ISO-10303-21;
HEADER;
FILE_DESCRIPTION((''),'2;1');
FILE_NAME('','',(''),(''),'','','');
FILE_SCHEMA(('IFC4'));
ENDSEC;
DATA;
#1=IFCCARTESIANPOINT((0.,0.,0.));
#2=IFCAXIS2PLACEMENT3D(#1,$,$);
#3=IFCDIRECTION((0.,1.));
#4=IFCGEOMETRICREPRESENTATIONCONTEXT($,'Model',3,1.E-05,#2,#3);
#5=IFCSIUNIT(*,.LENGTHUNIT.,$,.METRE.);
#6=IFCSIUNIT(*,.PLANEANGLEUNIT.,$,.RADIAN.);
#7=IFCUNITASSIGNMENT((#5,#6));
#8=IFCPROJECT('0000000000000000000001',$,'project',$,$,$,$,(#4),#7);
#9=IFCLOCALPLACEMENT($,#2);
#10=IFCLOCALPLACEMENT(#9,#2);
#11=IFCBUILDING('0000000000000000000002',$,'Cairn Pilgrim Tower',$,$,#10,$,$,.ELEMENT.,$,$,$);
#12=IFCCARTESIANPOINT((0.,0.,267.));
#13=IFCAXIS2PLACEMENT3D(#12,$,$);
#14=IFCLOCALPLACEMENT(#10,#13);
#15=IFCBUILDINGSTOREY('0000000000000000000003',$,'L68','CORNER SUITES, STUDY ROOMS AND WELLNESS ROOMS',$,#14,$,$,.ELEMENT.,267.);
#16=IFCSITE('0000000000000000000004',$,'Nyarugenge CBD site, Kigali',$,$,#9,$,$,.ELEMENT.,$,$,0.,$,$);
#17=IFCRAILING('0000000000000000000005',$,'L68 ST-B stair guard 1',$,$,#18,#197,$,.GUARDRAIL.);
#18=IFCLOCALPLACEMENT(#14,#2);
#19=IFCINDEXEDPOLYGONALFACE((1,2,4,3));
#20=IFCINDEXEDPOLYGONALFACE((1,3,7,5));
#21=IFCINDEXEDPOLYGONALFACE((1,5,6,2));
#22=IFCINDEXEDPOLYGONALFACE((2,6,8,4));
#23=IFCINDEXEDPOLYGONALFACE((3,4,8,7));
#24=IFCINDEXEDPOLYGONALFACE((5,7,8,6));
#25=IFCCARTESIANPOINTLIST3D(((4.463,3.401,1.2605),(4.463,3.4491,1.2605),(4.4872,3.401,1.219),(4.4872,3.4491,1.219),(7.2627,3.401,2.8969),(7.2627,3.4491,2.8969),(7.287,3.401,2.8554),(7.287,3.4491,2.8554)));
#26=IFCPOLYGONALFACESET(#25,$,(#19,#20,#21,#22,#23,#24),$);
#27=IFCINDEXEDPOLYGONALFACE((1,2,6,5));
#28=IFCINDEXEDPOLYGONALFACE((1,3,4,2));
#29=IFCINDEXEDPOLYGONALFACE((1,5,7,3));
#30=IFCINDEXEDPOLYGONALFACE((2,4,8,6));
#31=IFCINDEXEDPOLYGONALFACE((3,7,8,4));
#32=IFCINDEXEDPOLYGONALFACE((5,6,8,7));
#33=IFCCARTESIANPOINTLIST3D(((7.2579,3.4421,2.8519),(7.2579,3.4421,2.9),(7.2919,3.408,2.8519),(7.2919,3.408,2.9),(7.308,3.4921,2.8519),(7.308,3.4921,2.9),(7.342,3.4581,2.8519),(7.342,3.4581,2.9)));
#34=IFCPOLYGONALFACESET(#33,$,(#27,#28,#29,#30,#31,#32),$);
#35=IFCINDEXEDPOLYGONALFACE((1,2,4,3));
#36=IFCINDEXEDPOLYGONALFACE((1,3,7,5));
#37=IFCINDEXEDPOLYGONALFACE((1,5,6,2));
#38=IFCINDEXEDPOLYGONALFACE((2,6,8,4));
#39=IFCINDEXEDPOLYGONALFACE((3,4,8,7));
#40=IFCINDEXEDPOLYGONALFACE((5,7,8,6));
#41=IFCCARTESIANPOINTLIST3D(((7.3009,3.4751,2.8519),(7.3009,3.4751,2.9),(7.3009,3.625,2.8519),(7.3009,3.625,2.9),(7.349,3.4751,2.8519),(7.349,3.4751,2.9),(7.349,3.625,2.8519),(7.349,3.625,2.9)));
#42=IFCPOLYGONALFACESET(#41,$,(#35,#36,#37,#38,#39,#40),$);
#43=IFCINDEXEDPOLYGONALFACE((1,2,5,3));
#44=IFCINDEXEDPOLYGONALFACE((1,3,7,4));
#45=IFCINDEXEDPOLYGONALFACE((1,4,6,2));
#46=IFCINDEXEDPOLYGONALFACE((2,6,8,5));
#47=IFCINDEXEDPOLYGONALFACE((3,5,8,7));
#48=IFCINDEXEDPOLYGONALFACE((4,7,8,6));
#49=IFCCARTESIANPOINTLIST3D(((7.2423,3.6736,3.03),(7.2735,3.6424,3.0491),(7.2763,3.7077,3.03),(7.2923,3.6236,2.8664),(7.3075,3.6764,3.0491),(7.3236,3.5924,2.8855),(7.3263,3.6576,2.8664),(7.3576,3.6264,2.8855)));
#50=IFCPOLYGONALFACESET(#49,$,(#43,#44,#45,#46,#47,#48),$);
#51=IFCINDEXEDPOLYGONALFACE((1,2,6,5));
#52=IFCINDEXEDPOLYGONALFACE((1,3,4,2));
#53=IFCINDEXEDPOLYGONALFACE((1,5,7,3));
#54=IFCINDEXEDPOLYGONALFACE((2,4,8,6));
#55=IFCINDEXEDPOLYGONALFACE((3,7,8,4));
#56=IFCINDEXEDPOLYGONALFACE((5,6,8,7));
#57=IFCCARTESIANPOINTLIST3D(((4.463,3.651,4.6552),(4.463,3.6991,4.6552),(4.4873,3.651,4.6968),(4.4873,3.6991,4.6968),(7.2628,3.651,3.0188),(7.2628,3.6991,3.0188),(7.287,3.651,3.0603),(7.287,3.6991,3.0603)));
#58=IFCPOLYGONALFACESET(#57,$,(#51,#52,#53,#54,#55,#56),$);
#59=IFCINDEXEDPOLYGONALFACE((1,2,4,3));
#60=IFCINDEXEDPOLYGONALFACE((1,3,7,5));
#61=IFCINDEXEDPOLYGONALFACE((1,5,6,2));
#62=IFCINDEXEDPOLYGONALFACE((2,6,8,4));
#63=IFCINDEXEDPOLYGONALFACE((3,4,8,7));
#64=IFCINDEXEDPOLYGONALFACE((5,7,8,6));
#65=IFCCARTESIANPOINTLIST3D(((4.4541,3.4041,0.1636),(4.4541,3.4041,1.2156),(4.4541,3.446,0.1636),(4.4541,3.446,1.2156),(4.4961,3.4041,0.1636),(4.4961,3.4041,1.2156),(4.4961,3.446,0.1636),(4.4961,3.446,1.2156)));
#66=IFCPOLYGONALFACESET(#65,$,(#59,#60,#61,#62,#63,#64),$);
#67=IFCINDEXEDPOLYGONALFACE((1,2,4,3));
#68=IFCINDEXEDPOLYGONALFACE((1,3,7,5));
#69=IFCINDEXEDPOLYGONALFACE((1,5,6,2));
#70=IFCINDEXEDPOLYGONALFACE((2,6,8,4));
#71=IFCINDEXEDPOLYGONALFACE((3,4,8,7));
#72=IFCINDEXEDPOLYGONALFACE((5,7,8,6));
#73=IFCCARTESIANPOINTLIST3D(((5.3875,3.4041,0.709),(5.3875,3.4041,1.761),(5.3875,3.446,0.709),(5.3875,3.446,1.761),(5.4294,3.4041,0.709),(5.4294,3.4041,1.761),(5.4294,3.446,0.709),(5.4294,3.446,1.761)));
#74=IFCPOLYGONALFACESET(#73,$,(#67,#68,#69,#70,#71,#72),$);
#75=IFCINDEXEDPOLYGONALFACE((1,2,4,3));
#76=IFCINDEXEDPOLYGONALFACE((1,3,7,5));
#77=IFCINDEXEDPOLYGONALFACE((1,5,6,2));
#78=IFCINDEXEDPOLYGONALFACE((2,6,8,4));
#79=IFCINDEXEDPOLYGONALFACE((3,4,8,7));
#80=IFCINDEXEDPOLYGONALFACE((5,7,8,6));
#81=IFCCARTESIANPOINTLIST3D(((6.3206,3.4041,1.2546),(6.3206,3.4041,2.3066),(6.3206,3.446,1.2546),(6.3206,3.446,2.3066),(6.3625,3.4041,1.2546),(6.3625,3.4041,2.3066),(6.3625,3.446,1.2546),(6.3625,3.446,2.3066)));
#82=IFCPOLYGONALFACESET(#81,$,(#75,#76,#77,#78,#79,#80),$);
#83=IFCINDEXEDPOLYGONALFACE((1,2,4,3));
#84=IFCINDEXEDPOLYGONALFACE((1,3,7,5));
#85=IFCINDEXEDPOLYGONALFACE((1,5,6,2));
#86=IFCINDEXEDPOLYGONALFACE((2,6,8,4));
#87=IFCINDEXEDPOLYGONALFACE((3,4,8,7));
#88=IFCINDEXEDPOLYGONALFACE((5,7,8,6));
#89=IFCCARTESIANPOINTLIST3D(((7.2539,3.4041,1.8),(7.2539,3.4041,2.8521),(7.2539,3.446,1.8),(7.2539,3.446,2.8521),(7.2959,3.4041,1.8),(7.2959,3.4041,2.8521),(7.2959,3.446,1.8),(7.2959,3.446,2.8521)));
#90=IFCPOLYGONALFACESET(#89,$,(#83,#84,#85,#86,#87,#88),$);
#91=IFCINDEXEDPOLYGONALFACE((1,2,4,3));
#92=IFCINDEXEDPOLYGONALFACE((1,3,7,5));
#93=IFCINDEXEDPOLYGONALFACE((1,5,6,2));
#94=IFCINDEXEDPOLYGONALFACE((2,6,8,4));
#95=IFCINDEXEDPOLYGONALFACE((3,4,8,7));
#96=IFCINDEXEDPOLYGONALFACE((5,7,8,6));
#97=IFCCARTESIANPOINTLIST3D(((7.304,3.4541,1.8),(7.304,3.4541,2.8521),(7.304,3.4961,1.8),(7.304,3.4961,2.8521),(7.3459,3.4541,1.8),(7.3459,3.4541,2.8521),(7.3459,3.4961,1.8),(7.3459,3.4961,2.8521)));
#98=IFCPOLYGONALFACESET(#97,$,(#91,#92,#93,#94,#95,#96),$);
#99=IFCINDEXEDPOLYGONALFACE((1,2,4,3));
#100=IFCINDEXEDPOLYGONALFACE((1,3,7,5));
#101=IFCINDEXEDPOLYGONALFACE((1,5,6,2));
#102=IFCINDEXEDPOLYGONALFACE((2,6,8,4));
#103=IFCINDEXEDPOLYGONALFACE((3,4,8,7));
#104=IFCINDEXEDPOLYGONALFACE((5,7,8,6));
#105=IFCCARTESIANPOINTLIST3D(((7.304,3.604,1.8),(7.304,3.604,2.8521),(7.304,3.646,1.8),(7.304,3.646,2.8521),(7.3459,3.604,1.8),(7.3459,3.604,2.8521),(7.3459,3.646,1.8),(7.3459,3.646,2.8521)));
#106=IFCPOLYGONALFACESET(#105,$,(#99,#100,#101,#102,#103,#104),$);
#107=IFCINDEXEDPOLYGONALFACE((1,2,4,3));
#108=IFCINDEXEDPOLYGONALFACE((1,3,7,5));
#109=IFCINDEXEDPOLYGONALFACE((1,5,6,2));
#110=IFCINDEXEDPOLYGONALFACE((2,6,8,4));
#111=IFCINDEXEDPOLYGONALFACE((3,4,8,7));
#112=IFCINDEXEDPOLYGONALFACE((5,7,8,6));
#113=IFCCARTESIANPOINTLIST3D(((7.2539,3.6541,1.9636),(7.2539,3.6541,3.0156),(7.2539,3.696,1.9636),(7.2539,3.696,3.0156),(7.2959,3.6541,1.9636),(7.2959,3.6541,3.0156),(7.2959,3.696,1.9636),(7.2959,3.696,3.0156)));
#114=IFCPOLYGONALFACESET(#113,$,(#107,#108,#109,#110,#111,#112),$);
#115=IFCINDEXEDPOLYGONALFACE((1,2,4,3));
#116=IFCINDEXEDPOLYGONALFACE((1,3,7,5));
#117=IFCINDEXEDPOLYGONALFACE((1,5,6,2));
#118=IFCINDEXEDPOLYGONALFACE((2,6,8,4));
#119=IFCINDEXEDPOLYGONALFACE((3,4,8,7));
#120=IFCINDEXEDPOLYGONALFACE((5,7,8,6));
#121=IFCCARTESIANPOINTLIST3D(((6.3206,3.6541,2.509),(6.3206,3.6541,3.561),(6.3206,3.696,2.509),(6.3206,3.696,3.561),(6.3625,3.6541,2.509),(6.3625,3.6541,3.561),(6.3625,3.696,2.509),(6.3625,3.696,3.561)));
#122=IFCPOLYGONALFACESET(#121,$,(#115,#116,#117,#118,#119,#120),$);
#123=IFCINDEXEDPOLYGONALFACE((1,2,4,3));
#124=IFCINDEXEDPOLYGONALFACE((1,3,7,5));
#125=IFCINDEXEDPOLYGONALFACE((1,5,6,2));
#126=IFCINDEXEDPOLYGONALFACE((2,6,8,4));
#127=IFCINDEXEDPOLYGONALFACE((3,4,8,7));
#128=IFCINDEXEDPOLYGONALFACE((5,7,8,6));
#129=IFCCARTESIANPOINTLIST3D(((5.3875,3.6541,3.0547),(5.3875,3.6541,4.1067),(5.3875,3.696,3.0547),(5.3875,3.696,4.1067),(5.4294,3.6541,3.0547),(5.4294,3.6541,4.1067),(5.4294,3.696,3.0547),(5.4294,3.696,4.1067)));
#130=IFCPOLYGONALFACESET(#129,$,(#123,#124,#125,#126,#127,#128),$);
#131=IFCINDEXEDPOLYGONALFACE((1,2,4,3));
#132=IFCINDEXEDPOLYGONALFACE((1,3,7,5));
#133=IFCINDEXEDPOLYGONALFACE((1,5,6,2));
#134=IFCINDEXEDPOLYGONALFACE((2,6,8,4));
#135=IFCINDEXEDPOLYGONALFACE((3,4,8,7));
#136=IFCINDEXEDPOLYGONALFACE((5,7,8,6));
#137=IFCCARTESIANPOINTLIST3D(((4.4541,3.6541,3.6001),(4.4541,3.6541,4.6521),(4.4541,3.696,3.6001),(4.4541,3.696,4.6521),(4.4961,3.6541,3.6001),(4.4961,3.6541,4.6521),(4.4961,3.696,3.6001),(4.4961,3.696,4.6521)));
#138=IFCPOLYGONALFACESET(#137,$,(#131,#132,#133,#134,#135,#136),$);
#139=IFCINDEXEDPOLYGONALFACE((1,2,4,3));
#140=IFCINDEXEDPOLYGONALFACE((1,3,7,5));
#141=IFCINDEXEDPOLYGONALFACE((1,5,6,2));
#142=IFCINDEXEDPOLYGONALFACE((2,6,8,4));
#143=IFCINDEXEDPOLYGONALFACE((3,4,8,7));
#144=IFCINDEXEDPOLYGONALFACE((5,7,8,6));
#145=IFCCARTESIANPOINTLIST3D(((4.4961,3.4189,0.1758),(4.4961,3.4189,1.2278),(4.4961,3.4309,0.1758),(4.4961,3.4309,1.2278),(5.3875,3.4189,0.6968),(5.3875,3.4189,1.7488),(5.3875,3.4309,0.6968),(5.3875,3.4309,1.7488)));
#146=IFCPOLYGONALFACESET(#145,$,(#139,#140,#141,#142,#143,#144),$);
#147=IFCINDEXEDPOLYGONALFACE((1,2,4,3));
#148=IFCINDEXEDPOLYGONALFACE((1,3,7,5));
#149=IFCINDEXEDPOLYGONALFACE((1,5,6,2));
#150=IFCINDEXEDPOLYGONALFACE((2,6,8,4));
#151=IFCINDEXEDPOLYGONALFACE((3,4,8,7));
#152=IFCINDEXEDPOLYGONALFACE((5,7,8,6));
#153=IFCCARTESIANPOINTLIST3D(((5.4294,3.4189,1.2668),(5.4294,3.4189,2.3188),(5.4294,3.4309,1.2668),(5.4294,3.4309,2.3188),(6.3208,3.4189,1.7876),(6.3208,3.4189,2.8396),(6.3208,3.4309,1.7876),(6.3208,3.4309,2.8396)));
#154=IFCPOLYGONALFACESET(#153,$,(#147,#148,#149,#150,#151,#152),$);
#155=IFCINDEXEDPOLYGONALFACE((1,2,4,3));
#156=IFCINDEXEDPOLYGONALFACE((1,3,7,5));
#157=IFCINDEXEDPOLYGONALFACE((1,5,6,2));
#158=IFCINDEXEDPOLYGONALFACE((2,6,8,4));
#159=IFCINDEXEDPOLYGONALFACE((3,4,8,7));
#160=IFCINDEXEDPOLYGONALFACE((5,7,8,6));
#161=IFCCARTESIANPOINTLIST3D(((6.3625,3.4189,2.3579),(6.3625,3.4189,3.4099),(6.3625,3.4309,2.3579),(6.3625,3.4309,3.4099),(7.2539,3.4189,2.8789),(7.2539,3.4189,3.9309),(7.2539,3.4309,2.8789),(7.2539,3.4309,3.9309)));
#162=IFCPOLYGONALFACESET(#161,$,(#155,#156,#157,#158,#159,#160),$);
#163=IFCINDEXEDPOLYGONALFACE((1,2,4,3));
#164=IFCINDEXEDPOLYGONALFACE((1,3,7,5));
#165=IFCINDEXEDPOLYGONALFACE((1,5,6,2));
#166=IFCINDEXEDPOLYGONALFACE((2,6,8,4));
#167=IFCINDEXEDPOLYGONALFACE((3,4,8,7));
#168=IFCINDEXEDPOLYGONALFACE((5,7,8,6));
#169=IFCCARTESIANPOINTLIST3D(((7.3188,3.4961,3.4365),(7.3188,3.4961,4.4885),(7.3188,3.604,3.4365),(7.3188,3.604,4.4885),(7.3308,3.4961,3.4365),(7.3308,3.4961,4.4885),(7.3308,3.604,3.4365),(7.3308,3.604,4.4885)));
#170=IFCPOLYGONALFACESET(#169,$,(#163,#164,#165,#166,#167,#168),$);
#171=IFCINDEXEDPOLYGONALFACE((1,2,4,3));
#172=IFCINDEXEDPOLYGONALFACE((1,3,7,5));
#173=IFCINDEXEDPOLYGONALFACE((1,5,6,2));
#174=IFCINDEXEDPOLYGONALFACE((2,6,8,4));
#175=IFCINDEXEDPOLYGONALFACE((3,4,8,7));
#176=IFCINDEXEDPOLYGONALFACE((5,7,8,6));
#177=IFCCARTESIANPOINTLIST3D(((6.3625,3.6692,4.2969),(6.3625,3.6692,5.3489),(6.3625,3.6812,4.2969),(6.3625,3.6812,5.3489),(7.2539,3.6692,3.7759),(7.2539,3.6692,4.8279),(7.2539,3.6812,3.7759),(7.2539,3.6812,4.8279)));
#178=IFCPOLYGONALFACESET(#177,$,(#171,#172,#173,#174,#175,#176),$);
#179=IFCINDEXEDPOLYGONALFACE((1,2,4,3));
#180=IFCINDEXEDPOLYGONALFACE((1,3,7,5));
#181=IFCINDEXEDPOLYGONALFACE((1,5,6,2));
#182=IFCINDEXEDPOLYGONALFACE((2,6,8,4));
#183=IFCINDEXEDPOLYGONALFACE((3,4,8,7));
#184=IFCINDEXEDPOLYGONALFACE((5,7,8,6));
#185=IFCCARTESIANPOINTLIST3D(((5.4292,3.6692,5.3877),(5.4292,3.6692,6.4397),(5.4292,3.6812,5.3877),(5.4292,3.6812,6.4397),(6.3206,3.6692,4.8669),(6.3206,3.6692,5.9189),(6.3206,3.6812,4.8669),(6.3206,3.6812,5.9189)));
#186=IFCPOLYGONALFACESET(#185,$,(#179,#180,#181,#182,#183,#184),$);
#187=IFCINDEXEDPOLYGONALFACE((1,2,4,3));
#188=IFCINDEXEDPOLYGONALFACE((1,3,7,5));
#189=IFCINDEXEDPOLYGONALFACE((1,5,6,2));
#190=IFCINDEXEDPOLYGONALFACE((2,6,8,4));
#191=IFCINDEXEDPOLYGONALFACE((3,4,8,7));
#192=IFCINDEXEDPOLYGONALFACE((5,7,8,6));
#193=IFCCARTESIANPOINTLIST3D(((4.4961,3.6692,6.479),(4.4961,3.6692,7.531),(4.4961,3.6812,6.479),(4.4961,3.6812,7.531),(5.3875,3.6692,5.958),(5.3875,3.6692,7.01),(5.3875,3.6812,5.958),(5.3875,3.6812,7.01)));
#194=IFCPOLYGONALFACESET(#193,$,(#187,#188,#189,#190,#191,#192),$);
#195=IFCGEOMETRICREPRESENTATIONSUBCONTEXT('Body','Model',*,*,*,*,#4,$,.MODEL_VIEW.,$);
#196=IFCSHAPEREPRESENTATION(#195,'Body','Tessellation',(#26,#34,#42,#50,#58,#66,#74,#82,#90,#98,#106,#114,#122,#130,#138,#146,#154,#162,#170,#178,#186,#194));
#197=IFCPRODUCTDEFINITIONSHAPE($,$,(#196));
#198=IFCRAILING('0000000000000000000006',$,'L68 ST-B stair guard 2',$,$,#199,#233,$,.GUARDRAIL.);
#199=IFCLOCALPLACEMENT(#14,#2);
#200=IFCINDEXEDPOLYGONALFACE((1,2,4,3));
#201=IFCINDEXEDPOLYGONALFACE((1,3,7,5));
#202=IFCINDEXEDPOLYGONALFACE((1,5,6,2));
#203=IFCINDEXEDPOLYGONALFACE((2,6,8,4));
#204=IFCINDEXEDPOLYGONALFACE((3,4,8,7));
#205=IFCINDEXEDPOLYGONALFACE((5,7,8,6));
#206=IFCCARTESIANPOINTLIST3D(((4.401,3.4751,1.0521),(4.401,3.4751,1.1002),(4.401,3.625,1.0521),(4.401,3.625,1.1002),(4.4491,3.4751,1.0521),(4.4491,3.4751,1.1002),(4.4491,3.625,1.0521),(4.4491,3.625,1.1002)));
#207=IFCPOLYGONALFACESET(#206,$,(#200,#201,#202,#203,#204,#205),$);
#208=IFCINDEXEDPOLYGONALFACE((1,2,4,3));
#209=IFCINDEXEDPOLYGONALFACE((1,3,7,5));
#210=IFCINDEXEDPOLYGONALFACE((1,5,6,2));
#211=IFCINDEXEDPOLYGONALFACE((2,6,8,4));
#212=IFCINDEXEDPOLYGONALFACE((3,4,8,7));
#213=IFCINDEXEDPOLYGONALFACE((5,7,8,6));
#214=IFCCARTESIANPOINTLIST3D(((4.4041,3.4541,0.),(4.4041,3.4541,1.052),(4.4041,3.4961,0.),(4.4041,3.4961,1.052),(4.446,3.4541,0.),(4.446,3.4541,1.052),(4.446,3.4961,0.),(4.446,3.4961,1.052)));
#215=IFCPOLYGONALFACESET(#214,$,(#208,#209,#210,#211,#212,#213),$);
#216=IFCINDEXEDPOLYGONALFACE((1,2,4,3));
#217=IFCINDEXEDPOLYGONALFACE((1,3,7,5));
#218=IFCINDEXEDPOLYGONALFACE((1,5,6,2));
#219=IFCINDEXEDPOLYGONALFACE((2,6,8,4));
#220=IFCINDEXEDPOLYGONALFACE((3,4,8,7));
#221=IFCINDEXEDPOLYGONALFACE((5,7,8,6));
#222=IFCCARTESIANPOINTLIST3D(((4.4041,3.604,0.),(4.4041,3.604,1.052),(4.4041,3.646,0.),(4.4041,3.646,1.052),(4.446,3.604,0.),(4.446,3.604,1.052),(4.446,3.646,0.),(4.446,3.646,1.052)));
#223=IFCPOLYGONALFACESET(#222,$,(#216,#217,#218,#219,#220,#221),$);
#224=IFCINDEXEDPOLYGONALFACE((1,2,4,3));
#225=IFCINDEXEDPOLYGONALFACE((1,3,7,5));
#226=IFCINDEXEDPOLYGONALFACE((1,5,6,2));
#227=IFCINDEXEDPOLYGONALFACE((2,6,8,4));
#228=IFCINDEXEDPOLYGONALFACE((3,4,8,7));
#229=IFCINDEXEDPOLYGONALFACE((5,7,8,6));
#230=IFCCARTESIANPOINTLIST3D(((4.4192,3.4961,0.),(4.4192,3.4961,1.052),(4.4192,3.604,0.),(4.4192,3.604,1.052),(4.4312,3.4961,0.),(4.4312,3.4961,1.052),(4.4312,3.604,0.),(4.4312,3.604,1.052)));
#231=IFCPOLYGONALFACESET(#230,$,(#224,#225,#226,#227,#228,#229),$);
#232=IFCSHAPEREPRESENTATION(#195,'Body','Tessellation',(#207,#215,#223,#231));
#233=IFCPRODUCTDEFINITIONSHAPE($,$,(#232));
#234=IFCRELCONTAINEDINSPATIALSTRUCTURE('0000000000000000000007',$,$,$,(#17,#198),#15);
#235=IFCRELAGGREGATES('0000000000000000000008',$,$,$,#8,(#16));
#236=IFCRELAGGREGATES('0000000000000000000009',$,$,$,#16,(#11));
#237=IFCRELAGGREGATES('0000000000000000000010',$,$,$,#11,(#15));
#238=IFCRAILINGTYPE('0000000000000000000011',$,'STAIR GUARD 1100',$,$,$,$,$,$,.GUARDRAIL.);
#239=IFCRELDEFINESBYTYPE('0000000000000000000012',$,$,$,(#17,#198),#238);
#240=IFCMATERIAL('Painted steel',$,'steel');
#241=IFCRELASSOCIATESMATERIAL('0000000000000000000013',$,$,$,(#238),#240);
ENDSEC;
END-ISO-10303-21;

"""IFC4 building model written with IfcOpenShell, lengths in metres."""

from ifc_helpers import new_model, si_unit, direction, frame, origin, origin_2d, place, context, subcontext, project, spatial, polyline, rectangle, outline, extrude, material, type_object, element, save


model = new_model("IFC4")

# Units and contexts
model_context = context("Model", 3, precision=1e-05, world=origin(), true_north=direction((0.0, 1.0)))
body_context = subcontext(model_context, "Body", "Model", "MODEL_VIEW")
ifc_project = project(units=[si_unit("LENGTHUNIT", "METRE"), si_unit("PLANEANGLEUNIT", "RADIAN")], contexts=[model_context])

# Site, building, storey
site_placement = place(None, origin())
site = spatial("IfcSite", under=ifc_project, at=site_placement, Name="Nyarugenge CBD site, Kigali", CompositionType="ELEMENT", RefElevation=0.0)
building_placement = place(site_placement, origin())
building = spatial("IfcBuilding", under=site, at=building_placement, Name="Cairn Pilgrim Tower", CompositionType="ELEMENT")
storey_placement = place(building_placement, frame((0.0, 0.0, 267.0)))
storey = spatial("IfcBuildingStorey", under=building, at=storey_placement, Name="L68", Description="CORNER SUITES, STUDY ROOMS AND WELLNESS ROOMS", CompositionType="ELEMENT", Elevation=267.0)

# Shared definitions
ifc_material_1 = material(Name="Painted steel", Category="steel")

# Railings
railing_type_1 = type_object("IfcRailingType", Name="STAIR GUARD 1100", PredefinedType="GUARDRAIL", material=ifc_material_1)
railing_1_placement = place(storey_placement, frame((4.4751, 3.425, 0.1636)))
element("IfcRailing", 1, at=railing_1_placement, inside=storey, type_object=railing_type_1, Name="L68 ST-B stair guard 1", PredefinedType="GUARDRAIL", context=body_context, shape_type="SweptSolid", body=[
    extrude(rectangle(XDim=0.0481, YDim=0.0481, at=origin_2d()), frame((0.0, 0.0, 1.0762), z_axis=(0.863342, 0.0, 0.50462), x_axis=(0.0, 1.0, 0.0)), (0.0, 0.0, 1.0), 3.2429),
    extrude(rectangle(XDim=0.0481, YDim=0.0481, at=origin_2d()), frame((2.7998, 0.0, 2.7124), z_axis=(0.707107, 0.707107, 0.0), x_axis=(-0.707107, 0.707107, 0.0)), (0.0, 0.0, 1.0), 0.0708),
    extrude(rectangle(XDim=0.0481, YDim=0.0481, at=origin_2d()), frame((2.8499, 0.05, 2.7124), z_axis=(0.0, 1.0, 0.0), x_axis=(-1.0, 0.0, 0.0)), (0.0, 0.0, 1.0), 0.1499),
    extrude(rectangle(XDim=0.0481, YDim=0.0481, at=origin_2d()), frame((2.8499, 0.2, 2.7124), z_axis=(-0.280809, 0.280809, 0.917765), x_axis=(-0.707107, -0.707107, 0.0)), (0.0, 0.0, 1.0), 0.1782),
    extrude(rectangle(XDim=0.0481, YDim=0.0481, at=origin_2d()), frame((2.7998, 0.25, 2.876), z_axis=(-0.863342, 0.0, 0.50462), x_axis=(0.0, -1.0, 0.0)), (0.0, 0.0, 1.0), 3.2429),
    extrude(rectangle(XDim=0.042, YDim=0.042, at=origin_2d()), origin(), (0.0, 0.0, 1.0), 1.052),
    extrude(rectangle(XDim=0.042, YDim=0.042, at=origin_2d()), frame((0.9333, 0.0, 0.5454)), (0.0, 0.0, 1.0), 1.052),
    extrude(rectangle(XDim=0.042, YDim=0.042, at=origin_2d()), frame((1.8665, 0.0, 1.0911)), (0.0, 0.0, 1.0), 1.052),
    extrude(rectangle(XDim=0.042, YDim=0.042, at=origin_2d()), frame((2.7998, 0.0, 1.6365)), (0.0, 0.0, 1.0), 1.052),
    extrude(rectangle(XDim=0.042, YDim=0.042, at=origin_2d()), frame((2.8499, 0.05, 1.6365)), (0.0, 0.0, 1.0), 1.052),
    extrude(rectangle(XDim=0.042, YDim=0.042, at=origin_2d()), frame((2.8499, 0.2, 1.6365)), (0.0, 0.0, 1.0), 1.052),
    extrude(rectangle(XDim=0.042, YDim=0.042, at=origin_2d()), frame((2.7998, 0.25, 1.8)), (0.0, 0.0, 1.0), 1.052),
    extrude(rectangle(XDim=0.042, YDim=0.042, at=origin_2d()), frame((1.8665, 0.25, 2.3455)), (0.0, 0.0, 1.0), 1.052),
    extrude(rectangle(XDim=0.042, YDim=0.042, at=origin_2d()), frame((0.9333, 0.25, 2.8911)), (0.0, 0.0, 1.0), 1.052),
    extrude(rectangle(XDim=0.042, YDim=0.042, at=origin_2d()), frame((0.0, 0.25, 3.4365)), (0.0, 0.0, 1.0), 1.052),
    extrude(outline(polyline([(0.021, 0.0122), (0.9124, 0.5332), (0.9124, 1.5852), (0.021, 1.0642), (0.021, 0.0122)])), frame((0.0, 0.0059, 0.0), z_axis=(0.0, -1.0, 0.0), x_axis=(1.0, 0.0, 0.0)), (0.0, 0.0, 1.0), 0.012),
    extrude(outline(polyline([(0.021, 0.5579), (0.9124, 1.0786), (0.9124, 2.1306), (0.021, 1.6099), (0.021, 0.5579)])), frame((0.9333, 0.0059, 0.5454), z_axis=(0.0, -1.0, 0.0), x_axis=(1.0, 0.0, 0.0)), (0.0, 0.0, 1.0), 0.012),
    extrude(outline(polyline([(0.021, 1.1033), (0.9124, 1.6243), (0.9124, 2.6763), (0.021, 2.1553), (0.021, 1.1033)])), frame((1.8665, 0.0059, 1.0911), z_axis=(0.0, -1.0, 0.0), x_axis=(1.0, 0.0, 0.0)), (0.0, 0.0, 1.0), 0.012),
    extrude(outline(polyline([(0.021, 1.6365), (0.1289, 1.6365), (0.1289, 2.6885), (0.021, 2.6885), (0.021, 1.6365)])), frame((2.8438, 0.05, 1.6365), z_axis=(1.0, 0.0, 0.0), x_axis=(0.0, 1.0, 0.0)), (0.0, 0.0, 1.0), 0.012),
    extrude(outline(polyline([(0.021, 1.8123), (0.9124, 2.3333), (0.9124, 3.3853), (0.021, 2.8643), (0.021, 1.8123)])), frame((2.7998, 0.2441, 1.8), z_axis=(0.0, 1.0, 0.0), x_axis=(-1.0, 0.0, 0.0)), (0.0, 0.0, 1.0), 0.012),
    extrude(outline(polyline([(0.021, 2.3579), (0.9124, 2.8787), (0.9124, 3.9307), (0.021, 3.4099), (0.021, 2.3579)])), frame((1.8665, 0.2441, 2.3455), z_axis=(0.0, 1.0, 0.0), x_axis=(-1.0, 0.0, 0.0)), (0.0, 0.0, 1.0), 0.012),
    extrude(outline(polyline([(0.021, 2.9033), (0.9124, 3.4243), (0.9124, 4.4763), (0.021, 3.9553), (0.021, 2.9033)])), frame((0.9333, 0.2441, 2.8911), z_axis=(0.0, 1.0, 0.0), x_axis=(-1.0, 0.0, 0.0)), (0.0, 0.0, 1.0), 0.012),
])
railing_2_placement = place(storey_placement, frame((4.425, 3.4751, 0.0)))
element("IfcRailing", 2, at=railing_2_placement, inside=storey, type_object=railing_type_1, Name="L68 ST-B stair guard 2", PredefinedType="GUARDRAIL", context=body_context, shape_type="SweptSolid", body=[
    extrude(rectangle(XDim=0.0481, YDim=0.0481, at=origin_2d()), frame((0.0, 0.0, 1.0762), z_axis=(0.0, 1.0, 0.0), x_axis=(-1.0, 0.0, 0.0)), (0.0, 0.0, 1.0), 0.1499),
    extrude(rectangle(XDim=0.042, YDim=0.042, at=origin_2d()), origin(), (0.0, 0.0, 1.0), 1.052),
    extrude(rectangle(XDim=0.042, YDim=0.042, at=origin_2d()), frame((0.0, 0.1499, 0.0)), (0.0, 0.0, 1.0), 1.052),
    extrude(outline(polyline([(0.021, 0.0), (0.1289, 0.0), (0.1289, 1.052), (0.021, 1.052), (0.021, 0.0)])), frame((-0.0059, 0.0, 0.0), z_axis=(1.0, 0.0, 0.0), x_axis=(0.0, 1.0, 0.0)), (0.0, 0.0, 1.0), 0.012),
])

save(model, "model.ifc")
